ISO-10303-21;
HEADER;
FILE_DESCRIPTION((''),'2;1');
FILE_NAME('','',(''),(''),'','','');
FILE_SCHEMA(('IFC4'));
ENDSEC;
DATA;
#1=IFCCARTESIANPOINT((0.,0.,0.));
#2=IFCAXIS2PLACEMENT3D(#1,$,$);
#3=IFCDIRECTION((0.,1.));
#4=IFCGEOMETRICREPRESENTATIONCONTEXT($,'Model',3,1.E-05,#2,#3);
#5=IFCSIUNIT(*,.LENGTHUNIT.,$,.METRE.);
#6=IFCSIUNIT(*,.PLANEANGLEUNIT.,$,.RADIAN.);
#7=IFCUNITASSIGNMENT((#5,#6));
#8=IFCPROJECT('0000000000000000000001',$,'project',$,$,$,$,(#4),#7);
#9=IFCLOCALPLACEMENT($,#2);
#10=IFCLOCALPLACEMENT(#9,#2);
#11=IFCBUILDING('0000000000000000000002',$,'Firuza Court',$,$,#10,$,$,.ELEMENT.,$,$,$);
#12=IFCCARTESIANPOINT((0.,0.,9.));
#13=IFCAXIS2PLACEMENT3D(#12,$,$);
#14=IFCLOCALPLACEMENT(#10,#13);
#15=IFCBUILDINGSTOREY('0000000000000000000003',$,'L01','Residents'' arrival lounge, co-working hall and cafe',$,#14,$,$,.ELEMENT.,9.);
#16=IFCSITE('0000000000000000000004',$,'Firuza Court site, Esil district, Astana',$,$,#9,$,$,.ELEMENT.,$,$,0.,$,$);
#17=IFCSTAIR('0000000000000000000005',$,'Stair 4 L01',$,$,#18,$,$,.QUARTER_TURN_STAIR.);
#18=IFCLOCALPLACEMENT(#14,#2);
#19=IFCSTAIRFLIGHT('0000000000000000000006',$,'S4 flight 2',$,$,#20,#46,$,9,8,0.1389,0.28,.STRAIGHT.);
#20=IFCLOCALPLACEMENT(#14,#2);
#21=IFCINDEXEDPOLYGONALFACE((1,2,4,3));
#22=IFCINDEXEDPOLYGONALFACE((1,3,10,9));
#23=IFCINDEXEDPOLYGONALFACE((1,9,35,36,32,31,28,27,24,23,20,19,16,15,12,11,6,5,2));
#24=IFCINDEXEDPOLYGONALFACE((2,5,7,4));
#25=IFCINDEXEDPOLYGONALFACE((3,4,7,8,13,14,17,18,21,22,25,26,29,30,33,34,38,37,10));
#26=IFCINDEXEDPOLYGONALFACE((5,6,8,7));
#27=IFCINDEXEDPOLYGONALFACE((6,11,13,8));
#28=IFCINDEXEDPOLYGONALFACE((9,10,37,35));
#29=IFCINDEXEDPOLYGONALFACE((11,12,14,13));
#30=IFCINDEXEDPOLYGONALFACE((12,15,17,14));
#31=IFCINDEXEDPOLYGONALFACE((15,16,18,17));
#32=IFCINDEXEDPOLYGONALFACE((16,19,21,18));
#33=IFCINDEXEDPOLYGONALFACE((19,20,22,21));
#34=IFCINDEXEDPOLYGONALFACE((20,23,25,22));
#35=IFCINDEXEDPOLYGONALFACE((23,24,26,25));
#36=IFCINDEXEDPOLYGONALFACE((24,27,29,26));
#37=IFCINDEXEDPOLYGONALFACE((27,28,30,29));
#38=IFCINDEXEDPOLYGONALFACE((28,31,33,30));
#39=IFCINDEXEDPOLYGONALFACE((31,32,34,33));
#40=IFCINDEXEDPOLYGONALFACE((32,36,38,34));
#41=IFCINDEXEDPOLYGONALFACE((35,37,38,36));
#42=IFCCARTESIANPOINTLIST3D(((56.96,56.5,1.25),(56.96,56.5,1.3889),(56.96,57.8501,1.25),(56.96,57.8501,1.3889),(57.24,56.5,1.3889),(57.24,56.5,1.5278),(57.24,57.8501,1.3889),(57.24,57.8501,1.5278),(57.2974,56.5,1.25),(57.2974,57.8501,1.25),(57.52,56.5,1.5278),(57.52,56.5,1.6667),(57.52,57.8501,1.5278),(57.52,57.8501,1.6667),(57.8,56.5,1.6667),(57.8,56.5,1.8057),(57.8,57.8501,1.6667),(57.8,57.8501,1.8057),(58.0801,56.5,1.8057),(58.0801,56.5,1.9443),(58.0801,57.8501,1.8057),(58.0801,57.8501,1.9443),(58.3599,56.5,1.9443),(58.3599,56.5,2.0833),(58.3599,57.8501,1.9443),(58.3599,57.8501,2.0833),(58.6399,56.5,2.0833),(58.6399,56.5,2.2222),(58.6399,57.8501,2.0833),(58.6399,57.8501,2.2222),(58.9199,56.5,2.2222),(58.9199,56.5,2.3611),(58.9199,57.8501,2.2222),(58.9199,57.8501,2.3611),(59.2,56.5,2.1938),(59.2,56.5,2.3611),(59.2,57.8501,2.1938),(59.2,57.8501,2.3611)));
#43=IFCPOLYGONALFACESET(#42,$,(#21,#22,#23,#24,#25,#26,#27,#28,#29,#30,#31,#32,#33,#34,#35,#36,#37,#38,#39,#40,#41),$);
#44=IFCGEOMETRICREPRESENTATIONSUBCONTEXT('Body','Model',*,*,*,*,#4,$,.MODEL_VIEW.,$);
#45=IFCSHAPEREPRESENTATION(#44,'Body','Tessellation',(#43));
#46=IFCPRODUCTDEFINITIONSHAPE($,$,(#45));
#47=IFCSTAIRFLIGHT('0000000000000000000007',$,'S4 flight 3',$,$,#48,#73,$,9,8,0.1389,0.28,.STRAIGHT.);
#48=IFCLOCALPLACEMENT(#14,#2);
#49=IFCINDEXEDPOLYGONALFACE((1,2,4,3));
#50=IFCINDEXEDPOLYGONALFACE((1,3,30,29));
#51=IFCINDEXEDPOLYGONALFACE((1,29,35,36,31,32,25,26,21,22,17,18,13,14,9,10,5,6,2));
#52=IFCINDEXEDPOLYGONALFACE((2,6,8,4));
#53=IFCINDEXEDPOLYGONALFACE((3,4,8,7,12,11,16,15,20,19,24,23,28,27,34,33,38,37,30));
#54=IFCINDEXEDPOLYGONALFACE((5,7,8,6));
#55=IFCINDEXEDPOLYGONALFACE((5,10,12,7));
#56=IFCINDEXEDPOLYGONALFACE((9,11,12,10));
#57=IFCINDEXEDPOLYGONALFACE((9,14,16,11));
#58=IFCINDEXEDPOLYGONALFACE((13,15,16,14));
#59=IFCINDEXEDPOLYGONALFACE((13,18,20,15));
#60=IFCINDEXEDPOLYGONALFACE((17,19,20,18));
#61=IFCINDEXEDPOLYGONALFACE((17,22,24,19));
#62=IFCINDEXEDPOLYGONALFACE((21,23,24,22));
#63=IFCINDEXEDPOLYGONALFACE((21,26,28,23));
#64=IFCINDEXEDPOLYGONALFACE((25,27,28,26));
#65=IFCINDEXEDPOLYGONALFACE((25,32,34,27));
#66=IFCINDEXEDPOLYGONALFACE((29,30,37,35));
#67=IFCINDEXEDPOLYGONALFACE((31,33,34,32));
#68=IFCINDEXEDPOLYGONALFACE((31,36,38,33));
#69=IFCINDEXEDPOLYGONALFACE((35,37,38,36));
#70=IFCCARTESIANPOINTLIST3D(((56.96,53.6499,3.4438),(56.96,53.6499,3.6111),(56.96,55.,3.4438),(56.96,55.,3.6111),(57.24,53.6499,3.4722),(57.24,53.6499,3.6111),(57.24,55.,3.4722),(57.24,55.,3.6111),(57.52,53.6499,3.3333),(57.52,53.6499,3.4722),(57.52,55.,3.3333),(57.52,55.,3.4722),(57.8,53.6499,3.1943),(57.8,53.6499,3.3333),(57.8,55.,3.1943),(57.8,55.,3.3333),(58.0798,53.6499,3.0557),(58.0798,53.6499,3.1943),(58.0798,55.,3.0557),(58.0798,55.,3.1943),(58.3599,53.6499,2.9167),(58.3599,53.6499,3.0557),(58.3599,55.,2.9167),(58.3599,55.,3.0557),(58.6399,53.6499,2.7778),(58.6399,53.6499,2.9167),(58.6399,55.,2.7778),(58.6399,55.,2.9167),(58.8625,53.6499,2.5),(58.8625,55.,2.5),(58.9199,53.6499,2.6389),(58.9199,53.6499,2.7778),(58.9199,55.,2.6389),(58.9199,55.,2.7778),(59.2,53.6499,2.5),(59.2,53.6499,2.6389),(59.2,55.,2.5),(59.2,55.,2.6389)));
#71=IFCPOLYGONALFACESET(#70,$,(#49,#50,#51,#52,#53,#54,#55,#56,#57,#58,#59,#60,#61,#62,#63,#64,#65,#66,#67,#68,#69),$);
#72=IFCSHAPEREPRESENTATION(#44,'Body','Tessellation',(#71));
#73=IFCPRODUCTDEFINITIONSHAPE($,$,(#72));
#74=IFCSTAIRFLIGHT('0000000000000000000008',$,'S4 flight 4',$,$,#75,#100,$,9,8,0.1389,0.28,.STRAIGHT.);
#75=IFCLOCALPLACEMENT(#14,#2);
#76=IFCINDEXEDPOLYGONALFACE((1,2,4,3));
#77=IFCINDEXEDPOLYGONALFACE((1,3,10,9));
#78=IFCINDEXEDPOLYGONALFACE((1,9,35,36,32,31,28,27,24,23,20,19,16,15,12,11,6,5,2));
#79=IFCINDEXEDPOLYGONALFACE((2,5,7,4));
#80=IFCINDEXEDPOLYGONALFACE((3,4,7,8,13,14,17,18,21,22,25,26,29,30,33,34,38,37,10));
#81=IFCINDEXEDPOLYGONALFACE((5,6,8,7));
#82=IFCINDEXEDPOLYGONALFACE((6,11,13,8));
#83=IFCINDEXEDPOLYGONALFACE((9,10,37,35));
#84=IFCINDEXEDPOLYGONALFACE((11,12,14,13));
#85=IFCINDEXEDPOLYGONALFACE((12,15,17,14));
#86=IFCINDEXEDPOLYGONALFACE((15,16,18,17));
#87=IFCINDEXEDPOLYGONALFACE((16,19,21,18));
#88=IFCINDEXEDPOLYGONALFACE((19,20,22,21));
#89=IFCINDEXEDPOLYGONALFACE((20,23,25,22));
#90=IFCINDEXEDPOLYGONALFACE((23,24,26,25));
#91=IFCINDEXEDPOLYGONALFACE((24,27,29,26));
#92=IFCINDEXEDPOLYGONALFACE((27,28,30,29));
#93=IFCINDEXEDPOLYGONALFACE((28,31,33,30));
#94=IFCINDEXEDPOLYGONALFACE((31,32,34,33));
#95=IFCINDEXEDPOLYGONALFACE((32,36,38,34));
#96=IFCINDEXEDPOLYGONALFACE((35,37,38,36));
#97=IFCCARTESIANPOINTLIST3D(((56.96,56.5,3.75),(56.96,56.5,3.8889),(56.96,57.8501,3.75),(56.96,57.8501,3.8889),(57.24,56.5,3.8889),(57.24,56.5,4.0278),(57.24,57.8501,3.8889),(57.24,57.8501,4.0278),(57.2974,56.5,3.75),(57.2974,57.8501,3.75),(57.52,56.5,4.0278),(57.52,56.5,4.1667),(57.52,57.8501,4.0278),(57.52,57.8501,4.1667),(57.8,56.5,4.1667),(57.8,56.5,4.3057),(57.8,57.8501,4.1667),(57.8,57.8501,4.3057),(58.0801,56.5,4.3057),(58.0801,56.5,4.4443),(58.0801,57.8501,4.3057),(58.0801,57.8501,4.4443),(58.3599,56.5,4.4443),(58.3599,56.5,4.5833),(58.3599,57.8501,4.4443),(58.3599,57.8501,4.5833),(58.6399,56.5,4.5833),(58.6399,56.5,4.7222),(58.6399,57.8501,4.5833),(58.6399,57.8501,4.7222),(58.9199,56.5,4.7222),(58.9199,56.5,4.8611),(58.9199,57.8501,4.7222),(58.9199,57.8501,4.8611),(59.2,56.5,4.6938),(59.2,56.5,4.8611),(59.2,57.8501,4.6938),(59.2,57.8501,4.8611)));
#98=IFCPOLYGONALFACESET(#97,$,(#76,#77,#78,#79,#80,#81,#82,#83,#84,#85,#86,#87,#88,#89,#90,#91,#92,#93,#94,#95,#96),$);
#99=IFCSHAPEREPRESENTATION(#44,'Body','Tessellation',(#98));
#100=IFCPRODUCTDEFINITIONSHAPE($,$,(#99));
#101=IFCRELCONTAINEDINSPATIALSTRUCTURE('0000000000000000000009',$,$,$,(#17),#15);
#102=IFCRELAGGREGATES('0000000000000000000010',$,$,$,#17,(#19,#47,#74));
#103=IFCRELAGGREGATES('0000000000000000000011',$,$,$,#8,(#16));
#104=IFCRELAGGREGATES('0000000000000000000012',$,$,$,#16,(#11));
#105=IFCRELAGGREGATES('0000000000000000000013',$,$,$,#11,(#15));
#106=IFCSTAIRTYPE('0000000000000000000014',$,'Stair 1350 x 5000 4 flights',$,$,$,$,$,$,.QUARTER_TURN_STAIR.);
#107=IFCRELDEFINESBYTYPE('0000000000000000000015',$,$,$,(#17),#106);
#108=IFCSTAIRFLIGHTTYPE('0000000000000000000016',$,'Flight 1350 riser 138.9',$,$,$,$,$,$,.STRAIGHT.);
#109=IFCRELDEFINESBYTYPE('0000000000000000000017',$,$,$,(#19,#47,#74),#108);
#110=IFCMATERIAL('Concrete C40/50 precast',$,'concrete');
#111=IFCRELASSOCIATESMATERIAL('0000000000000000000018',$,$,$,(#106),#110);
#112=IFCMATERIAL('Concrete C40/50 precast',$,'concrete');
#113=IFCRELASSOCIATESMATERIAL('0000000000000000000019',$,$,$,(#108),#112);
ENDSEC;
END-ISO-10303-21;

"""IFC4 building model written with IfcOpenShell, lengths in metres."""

from ifc_helpers import new_model, si_unit, direction, frame, origin, place, context, subcontext, project, spatial, polyline, outline, extrude, material, type_object, element, aggregate, save


model = new_model("IFC4")

# Units and contexts
model_context = context("Model", 3, precision=1e-05, world=origin(), true_north=direction((0.0, 1.0)))
body_context = subcontext(model_context, "Body", "Model", "MODEL_VIEW")
ifc_project = project(units=[si_unit("LENGTHUNIT", "METRE"), si_unit("PLANEANGLEUNIT", "RADIAN")], contexts=[model_context])

# Site, building, storey
site_placement = place(None, origin())
site = spatial("IfcSite", under=ifc_project, at=site_placement, Name="Firuza Court site, Esil district, Astana", CompositionType="ELEMENT", RefElevation=0.0)
building_placement = place(site_placement, origin())
building = spatial("IfcBuilding", under=site, at=building_placement, Name="Firuza Court", CompositionType="ELEMENT")
storey_placement = place(building_placement, frame((0.0, 0.0, 9.0)))
storey = spatial("IfcBuildingStorey", under=building, at=storey_placement, Name="L01", Description="Residents' arrival lounge, co-working hall and cafe", CompositionType="ELEMENT", Elevation=9.0)

# Stair, stair flights
ifc_material_1 = material(Name="Concrete C40/50 precast", Category="concrete")
stair_type = type_object("IfcStairType", Name="Stair 1350 x 5000 4 flights", PredefinedType="QUARTER_TURN_STAIR", material=ifc_material_1)
stair_placement = place(storey_placement, origin())
stair = element("IfcStair", 1, at=stair_placement, inside=storey, type_object=stair_type, Name="Stair 4 L01", PredefinedType="QUARTER_TURN_STAIR")
ifc_material_2 = material(Name="Concrete C40/50 precast", Category="concrete")
stair_flight_type = type_object("IfcStairFlightType", Name="Flight 1350 riser 138.9", PredefinedType="STRAIGHT", material=ifc_material_2)
stair_flight_1_placement = place(storey_placement, frame((56.96, 57.175, 1.25), z_axis=(0.0, 0.0, 1.0), x_axis=(1.0, 0.0, 0.0)))
stair_flight_1 = element("IfcStairFlight", 2, at=stair_flight_1_placement, type_object=stair_flight_type, Name="S4 flight 2", NumberOfRisers=9, NumberOfTreads=8, PredefinedType="STRAIGHT", RiserHeight=0.1389, TreadLength=0.28, context=body_context, shape_type="SweptSolid", body=[
    extrude(outline(polyline([(0.0, 0.0), (0.0, 0.1389), (0.28, 0.1389), (0.28, 0.2778), (0.5601, 0.2778), (0.5601, 0.4167), (0.8401, 0.4167), (0.8401, 0.5557), (1.1201, 0.5557), (1.1201, 0.6943), (1.3999, 0.6943), (1.3999, 0.8333), (1.6799, 0.8333), (1.6799, 0.9722), (1.96, 0.9722), (1.96, 1.1111), (2.24, 1.1111), (2.24, 1.25), (2.24, 0.9438), (0.3374, 0.0), (0.0, 0.0)])), frame((0.0, 0.675, 0.0), z_axis=(0.0, -1.0, 0.0), x_axis=(1.0, 0.0, 0.0)), (0.0, 0.0, 1.0), 1.3501),
])
stair_flight_2_placement = place(storey_placement, frame((59.2, 54.325, 2.5), z_axis=(0.0, 0.0, 1.0), x_axis=(-1.0, 0.0, 0.0)))
stair_flight_2 = element("IfcStairFlight", 3, at=stair_flight_2_placement, type_object=stair_flight_type, Name="S4 flight 3", NumberOfRisers=9, NumberOfTreads=8, PredefinedType="STRAIGHT", RiserHeight=0.1389, TreadLength=0.28, context=body_context, shape_type="SweptSolid", body=[
    extrude(outline(polyline([(0.0, 0.0), (0.0, 0.1389), (0.28, 0.1389), (0.28, 0.2778), (0.5601, 0.2778), (0.5601, 0.4167), (0.8401, 0.4167), (0.8401, 0.5557), (1.1201, 0.5557), (1.1201, 0.6943), (1.3999, 0.6943), (1.3999, 0.8333), (1.6799, 0.8333), (1.6799, 0.9722), (1.96, 0.9722), (1.96, 1.1111), (2.24, 1.1111), (2.24, 1.25), (2.24, 0.9438), (0.3374, 0.0), (0.0, 0.0)])), frame((0.0, 0.675, 0.0), z_axis=(0.0, -1.0, 0.0), x_axis=(1.0, 0.0, 0.0)), (0.0, 0.0, 1.0), 1.3501),
])
stair_flight_3_placement = place(storey_placement, frame((56.96, 57.175, 3.75), z_axis=(0.0, 0.0, 1.0), x_axis=(1.0, 0.0, 0.0)))
stair_flight_3 = element("IfcStairFlight", 4, at=stair_flight_3_placement, type_object=stair_flight_type, Name="S4 flight 4", NumberOfRisers=9, NumberOfTreads=8, PredefinedType="STRAIGHT", RiserHeight=0.1389, TreadLength=0.28, context=body_context, shape_type="SweptSolid", body=[
    extrude(outline(polyline([(0.0, 0.0), (0.0, 0.1389), (0.28, 0.1389), (0.28, 0.2778), (0.5601, 0.2778), (0.5601, 0.4167), (0.8401, 0.4167), (0.8401, 0.5557), (1.1201, 0.5557), (1.1201, 0.6943), (1.3999, 0.6943), (1.3999, 0.8333), (1.6799, 0.8333), (1.6799, 0.9722), (1.96, 0.9722), (1.96, 1.1111), (2.24, 1.1111), (2.24, 1.25), (2.24, 0.9438), (0.3374, 0.0), (0.0, 0.0)])), frame((0.0, 0.675, 0.0), z_axis=(0.0, -1.0, 0.0), x_axis=(1.0, 0.0, 0.0)), (0.0, 0.0, 1.0), 1.3501),
])
aggregate(stair, [stair_flight_1, stair_flight_2, stair_flight_3])

save(model, "model.ifc")
